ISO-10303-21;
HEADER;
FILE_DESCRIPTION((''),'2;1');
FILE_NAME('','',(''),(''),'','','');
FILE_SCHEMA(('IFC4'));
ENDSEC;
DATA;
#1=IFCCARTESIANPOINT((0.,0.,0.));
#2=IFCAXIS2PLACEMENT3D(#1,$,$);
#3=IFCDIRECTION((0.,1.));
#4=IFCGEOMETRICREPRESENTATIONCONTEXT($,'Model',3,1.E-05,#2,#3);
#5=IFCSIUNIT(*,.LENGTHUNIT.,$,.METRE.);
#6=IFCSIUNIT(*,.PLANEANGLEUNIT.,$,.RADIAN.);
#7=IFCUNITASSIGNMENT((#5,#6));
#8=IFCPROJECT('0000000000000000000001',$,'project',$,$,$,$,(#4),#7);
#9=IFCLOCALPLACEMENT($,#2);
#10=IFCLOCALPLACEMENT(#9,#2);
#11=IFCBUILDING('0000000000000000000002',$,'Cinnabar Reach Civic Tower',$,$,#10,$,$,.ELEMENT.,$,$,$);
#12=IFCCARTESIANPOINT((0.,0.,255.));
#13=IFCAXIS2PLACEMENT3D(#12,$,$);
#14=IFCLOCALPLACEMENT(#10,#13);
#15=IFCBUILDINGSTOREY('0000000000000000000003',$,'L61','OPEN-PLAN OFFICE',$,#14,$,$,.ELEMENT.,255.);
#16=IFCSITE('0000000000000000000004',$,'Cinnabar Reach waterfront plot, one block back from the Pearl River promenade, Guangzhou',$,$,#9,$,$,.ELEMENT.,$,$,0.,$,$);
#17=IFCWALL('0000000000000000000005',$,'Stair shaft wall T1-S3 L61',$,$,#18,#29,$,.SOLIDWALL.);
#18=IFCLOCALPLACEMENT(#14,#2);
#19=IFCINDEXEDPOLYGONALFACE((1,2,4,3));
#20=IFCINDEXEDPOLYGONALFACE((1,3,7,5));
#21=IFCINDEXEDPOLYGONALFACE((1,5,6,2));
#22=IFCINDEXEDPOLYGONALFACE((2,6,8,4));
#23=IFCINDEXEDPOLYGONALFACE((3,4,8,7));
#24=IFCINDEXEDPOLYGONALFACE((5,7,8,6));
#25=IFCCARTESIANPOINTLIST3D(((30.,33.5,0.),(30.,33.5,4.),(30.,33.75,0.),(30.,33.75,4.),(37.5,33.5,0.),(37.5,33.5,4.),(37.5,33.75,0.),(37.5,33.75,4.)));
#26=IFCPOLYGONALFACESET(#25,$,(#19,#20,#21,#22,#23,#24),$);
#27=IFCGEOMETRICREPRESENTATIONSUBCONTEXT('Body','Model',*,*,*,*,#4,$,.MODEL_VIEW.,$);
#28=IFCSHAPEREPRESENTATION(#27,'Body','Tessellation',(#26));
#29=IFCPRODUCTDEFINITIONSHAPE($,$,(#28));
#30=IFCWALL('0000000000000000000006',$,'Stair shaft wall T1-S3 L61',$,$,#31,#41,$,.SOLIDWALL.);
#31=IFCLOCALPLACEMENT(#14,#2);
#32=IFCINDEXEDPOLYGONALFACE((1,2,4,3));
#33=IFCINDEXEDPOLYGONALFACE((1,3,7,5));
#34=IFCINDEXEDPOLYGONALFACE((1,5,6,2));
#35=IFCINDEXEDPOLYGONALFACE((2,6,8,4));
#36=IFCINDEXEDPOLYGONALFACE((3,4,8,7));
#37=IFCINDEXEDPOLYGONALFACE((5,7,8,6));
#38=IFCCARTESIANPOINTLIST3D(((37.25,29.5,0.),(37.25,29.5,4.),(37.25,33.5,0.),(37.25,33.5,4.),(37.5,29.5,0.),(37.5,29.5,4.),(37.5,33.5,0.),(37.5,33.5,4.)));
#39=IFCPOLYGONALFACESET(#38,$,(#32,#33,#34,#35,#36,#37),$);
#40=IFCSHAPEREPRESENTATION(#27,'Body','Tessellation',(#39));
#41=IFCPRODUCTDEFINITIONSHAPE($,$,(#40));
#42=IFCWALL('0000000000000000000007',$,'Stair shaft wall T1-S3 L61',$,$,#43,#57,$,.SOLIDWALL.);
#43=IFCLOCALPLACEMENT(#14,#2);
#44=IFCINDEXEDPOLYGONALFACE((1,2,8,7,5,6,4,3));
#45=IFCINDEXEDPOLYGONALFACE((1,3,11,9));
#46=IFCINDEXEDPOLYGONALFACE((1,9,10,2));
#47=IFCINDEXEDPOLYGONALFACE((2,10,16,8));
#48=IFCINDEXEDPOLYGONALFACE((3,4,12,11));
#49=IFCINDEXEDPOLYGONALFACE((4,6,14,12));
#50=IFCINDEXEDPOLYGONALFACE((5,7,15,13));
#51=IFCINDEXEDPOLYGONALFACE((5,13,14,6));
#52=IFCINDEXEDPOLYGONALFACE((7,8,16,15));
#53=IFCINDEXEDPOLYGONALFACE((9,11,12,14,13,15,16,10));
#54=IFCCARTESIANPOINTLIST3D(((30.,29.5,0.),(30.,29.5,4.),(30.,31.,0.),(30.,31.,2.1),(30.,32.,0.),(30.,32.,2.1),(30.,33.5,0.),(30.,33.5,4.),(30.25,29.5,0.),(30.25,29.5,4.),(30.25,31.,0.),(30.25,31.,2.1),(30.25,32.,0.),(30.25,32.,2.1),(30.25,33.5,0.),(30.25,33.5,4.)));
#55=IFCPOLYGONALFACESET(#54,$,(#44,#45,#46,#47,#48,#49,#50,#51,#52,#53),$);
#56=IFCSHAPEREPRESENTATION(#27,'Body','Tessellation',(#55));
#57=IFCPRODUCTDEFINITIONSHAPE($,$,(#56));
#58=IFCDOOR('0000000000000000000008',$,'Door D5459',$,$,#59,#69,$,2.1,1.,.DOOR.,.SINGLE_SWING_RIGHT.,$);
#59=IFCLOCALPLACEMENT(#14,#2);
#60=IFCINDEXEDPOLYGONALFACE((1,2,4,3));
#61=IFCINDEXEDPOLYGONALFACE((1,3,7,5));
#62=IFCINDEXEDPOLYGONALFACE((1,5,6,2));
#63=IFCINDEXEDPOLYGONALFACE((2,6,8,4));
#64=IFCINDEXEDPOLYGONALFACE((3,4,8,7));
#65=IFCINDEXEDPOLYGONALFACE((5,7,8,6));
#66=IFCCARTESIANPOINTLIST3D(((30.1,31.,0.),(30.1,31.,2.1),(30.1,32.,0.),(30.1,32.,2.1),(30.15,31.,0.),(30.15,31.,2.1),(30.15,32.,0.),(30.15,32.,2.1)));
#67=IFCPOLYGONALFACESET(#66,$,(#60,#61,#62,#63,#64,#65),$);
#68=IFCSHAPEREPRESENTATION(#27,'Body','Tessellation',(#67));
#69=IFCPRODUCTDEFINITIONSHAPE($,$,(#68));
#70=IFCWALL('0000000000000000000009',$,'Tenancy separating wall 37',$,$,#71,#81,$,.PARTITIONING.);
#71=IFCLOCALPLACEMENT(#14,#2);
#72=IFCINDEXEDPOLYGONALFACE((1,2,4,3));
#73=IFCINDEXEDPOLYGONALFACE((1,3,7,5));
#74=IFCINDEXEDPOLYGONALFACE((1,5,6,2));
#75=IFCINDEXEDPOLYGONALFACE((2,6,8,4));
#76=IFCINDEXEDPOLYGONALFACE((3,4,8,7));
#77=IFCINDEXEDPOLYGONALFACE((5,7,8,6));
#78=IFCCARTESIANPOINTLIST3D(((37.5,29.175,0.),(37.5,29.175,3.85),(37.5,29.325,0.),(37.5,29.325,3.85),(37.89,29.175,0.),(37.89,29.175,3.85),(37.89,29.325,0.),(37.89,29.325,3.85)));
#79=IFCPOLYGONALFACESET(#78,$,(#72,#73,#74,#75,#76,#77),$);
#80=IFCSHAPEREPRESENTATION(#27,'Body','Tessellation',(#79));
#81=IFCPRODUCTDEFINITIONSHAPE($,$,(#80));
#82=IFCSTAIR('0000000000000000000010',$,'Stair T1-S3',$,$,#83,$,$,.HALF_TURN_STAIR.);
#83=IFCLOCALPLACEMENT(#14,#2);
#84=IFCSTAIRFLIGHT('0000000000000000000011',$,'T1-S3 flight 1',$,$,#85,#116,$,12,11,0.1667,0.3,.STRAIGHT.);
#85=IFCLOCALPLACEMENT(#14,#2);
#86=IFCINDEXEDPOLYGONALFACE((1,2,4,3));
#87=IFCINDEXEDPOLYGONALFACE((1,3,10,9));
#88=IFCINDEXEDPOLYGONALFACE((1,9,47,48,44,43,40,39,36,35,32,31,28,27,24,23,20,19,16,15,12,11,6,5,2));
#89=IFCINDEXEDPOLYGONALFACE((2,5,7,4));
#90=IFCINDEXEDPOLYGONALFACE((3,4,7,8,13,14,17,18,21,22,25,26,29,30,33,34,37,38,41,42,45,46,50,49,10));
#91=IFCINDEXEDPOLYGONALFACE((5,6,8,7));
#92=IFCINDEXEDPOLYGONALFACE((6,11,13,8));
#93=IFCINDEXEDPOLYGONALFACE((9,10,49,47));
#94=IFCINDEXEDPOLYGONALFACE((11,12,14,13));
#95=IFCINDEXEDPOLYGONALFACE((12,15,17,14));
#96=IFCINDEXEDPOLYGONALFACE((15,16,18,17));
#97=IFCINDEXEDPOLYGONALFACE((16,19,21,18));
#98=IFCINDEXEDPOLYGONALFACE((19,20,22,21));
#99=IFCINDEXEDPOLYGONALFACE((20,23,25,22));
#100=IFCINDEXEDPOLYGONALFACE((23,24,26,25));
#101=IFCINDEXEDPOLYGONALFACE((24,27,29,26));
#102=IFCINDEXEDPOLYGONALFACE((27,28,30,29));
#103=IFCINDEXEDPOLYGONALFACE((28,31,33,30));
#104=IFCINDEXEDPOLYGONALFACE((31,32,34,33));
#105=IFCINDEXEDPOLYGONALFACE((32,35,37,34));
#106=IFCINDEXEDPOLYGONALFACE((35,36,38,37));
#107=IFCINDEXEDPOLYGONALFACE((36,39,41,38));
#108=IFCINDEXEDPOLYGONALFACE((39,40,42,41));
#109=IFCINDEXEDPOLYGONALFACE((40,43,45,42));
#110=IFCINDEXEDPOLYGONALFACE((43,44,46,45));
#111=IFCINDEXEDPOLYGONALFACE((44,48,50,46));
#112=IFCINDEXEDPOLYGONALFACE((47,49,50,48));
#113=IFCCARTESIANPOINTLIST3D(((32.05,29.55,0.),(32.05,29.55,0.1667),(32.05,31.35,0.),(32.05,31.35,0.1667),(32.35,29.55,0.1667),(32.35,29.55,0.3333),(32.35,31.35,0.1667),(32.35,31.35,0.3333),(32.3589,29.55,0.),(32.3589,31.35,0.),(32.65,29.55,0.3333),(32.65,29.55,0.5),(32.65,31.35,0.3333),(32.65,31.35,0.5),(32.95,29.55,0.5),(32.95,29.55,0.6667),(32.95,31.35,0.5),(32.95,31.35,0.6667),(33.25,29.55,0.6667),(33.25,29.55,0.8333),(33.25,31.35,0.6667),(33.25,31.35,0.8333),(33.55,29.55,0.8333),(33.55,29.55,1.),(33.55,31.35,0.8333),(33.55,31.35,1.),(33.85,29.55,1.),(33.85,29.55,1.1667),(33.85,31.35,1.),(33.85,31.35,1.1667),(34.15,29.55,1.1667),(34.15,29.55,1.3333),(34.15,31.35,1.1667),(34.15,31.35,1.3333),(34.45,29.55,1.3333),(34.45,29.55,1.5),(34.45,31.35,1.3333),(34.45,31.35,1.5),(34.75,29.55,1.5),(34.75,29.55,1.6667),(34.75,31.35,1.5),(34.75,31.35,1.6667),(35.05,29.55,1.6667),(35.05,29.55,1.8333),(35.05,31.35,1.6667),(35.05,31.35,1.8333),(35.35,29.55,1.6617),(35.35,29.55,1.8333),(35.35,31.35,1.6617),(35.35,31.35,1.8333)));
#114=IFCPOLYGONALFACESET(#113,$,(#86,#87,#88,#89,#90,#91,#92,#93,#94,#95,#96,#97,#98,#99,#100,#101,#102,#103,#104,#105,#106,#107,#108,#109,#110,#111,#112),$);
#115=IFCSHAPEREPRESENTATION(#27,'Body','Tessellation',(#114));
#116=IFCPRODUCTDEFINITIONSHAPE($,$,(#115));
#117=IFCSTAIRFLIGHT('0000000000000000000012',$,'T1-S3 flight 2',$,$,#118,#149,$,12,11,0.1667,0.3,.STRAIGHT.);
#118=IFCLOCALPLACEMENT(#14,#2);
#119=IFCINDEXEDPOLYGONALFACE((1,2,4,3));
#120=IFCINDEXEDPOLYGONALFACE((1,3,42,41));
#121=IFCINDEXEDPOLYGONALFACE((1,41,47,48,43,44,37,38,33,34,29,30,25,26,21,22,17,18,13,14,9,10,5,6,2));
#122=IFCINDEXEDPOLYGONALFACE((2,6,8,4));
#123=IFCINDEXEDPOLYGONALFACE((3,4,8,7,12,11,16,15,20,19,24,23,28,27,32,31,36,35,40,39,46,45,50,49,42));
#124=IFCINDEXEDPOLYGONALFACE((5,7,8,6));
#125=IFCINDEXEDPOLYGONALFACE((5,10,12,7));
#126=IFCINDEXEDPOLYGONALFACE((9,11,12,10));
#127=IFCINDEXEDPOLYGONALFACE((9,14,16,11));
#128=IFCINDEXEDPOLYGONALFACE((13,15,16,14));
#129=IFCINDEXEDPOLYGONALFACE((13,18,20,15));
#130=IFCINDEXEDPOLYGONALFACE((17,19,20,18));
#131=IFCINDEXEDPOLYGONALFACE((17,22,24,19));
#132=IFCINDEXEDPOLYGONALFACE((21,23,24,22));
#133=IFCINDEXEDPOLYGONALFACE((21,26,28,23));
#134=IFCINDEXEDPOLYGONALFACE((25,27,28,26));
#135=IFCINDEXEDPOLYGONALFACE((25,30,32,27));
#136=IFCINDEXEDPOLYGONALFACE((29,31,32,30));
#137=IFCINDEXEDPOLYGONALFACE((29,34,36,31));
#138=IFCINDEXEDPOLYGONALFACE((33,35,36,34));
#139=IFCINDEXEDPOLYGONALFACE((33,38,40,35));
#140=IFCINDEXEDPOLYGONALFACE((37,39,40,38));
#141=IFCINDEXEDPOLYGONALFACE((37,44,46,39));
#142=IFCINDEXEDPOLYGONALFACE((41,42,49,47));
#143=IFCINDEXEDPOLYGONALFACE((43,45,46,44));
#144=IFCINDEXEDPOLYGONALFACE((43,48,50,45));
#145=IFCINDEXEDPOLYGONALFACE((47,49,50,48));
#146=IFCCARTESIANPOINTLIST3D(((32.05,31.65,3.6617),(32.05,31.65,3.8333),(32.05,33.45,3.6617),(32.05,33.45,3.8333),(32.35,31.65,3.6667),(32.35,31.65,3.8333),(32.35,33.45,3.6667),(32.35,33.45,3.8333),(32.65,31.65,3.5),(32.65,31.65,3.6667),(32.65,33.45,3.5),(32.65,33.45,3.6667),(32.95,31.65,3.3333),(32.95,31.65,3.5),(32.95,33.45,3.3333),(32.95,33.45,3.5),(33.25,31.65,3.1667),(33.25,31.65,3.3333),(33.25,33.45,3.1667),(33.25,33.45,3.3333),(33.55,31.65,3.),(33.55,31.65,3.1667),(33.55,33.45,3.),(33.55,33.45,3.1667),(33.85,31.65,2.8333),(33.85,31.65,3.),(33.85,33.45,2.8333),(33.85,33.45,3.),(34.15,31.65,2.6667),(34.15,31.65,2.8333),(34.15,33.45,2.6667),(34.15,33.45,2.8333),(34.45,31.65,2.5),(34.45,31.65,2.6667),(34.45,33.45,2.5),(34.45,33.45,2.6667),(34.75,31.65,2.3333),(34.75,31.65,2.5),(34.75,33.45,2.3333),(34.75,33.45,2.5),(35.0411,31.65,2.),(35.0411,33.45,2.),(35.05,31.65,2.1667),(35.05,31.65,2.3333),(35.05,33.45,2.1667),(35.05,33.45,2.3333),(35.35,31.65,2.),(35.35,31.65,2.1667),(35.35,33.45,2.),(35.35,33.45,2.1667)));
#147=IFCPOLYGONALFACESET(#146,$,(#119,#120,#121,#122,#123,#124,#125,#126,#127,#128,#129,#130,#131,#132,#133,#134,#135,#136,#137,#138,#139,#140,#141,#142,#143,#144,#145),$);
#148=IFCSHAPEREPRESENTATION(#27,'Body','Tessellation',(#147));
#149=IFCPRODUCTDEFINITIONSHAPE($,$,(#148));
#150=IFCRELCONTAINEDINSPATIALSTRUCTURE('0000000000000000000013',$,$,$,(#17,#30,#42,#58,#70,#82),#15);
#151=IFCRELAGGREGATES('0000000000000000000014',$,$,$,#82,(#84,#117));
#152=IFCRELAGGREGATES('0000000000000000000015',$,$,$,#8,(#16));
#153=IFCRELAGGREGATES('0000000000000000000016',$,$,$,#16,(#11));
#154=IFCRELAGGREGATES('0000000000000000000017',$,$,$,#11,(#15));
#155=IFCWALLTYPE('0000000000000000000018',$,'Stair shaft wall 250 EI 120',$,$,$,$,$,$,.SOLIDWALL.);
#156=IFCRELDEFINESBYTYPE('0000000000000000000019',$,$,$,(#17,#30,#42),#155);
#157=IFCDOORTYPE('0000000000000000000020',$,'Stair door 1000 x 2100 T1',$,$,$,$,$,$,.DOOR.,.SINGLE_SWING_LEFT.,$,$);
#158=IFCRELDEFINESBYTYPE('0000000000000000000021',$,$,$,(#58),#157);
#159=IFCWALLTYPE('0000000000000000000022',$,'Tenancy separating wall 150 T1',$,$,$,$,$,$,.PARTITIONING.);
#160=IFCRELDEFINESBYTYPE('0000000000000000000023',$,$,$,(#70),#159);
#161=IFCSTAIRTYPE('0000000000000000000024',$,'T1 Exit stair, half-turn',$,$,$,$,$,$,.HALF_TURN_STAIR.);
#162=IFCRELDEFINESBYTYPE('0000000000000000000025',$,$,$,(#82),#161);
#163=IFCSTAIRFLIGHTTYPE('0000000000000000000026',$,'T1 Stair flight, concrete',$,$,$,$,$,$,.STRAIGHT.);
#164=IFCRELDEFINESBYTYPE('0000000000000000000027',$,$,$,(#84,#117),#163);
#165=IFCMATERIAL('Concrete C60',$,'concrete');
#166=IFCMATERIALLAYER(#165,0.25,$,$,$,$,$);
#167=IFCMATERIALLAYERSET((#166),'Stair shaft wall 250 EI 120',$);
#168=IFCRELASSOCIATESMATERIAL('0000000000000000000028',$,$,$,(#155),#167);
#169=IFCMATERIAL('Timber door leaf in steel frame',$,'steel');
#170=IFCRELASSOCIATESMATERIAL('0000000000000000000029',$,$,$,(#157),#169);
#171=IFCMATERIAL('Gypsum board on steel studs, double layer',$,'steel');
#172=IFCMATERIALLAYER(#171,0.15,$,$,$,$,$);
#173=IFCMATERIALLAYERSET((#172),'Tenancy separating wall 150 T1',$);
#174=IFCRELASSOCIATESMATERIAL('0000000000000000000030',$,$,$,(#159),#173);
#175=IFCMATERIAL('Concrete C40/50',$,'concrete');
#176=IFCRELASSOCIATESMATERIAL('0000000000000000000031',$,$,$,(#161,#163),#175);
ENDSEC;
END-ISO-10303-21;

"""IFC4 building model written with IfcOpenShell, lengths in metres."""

from ifc_helpers import new_model, si_unit, direction, frame, frame_2d, origin, place, context, subcontext, project, spatial, polyline, rectangle, outline, extrude, material, layer, layer_set, type_object, element, fill, aggregate, save


model = new_model("IFC4")

# Units and contexts
model_context = context("Model", 3, precision=1e-05, world=origin(), true_north=direction((0.0, 1.0)))
body_context = subcontext(model_context, "Body", "Model", "MODEL_VIEW")
ifc_project = project(units=[si_unit("LENGTHUNIT", "METRE"), si_unit("PLANEANGLEUNIT", "RADIAN")], contexts=[model_context])

# Site, building, storey
site_placement = place(None, origin())
site = spatial("IfcSite", under=ifc_project, at=site_placement, Name="Cinnabar Reach waterfront plot, one block back from the Pearl River promenade, Guangzhou", CompositionType="ELEMENT", RefElevation=0.0)
building_placement = place(site_placement, origin())
building = spatial("IfcBuilding", under=site, at=building_placement, Name="Cinnabar Reach Civic Tower", CompositionType="ELEMENT")
storey_placement = place(building_placement, frame((0.0, 0.0, 255.0)))
storey = spatial("IfcBuildingStorey", under=building, at=storey_placement, Name="L61", Description="OPEN-PLAN OFFICE", CompositionType="ELEMENT", Elevation=255.0)

# Shared definitions
ifc_material_1 = material(Name="Concrete C60", Category="concrete")

# Walls
ifc_material_2 = material(Name="Gypsum board on steel studs, double layer", Category="steel")
ifc_layer_1 = layer(ifc_material_1, 0.25)
ifc_layer_set_1 = layer_set([ifc_layer_1], Name="Stair shaft wall 250 EI 120")
wall_type_1 = type_object("IfcWallType", Name="Stair shaft wall 250 EI 120", PredefinedType="SOLIDWALL", material=ifc_layer_set_1)
for number, where, z_axis, x_axis, name in (
    (1, (37.5, 33.625, 0.0), (0.0, 0.0, 1.0), (-1.0, 0.0, 0.0), "Stair shaft wall T1-S3 L61"),
):
    element("IfcWall", number, at=place(storey_placement, frame(where, z_axis=z_axis, x_axis=x_axis)), inside=storey, type_object=wall_type_1, Name=name, PredefinedType="SOLIDWALL", context=body_context, shape_type="SweptSolid", body=[
        extrude(rectangle(XDim=7.5, YDim=0.25, at=frame_2d((3.75, 0.0))), origin(), (0.0, 0.0, 1.0), 4.0),
    ])
wall_1_placement = place(storey_placement, frame((37.375, 29.5, 0.0), z_axis=(0.0, 0.0, 1.0), x_axis=(0.0, 1.0, 0.0)))
element("IfcWall", 2, at=wall_1_placement, inside=storey, type_object=wall_type_1, Name="Stair shaft wall T1-S3 L61", PredefinedType="SOLIDWALL", context=body_context, shape_type="SweptSolid", body=[
    extrude(rectangle(XDim=4.0, YDim=0.25, at=frame_2d((2.0, 0.0))), origin(), (0.0, 0.0, 1.0), 4.0),
])

# Wall, opening, door
wall_2_placement = place(storey_placement, frame((30.125, 33.5, 0.0), z_axis=(0.0, 0.0, 1.0), x_axis=(0.0, -1.0, 0.0)))
wall_2 = element("IfcWall", 3, at=wall_2_placement, inside=storey, type_object=wall_type_1, Name="Stair shaft wall T1-S3 L61", PredefinedType="SOLIDWALL", context=body_context, shape_type="SweptSolid", body=[
    extrude(rectangle(XDim=4.0, YDim=0.25, at=frame_2d((2.0, 0.0))), origin(), (0.0, 0.0, 1.0), 4.0),
])
opening_1_placement = place(wall_2_placement, frame((1.5, 0.0, 0.0)))
opening_1 = element("IfcOpeningElement", 4, at=opening_1_placement, cuts=wall_2, PredefinedType="OPENING", context=body_context, shape_type="SweptSolid", body=[
    extrude(rectangle(XDim=1.0, YDim=2.1, at=frame_2d((0.5, 1.05))), frame((0.0, 0.135, 0.0), z_axis=(0.0, -1.0, 0.0), x_axis=(1.0, 0.0, 0.0)), (0.0, 0.0, 1.0), 0.27),
])
ifc_material_3 = material(Name="Timber door leaf in steel frame", Category="steel")
door_type = type_object("IfcDoorType", Name="Stair door 1000 x 2100 T1", OperationType="SINGLE_SWING_LEFT", PredefinedType="DOOR", material=ifc_material_3)
door_placement = place(opening_1_placement, origin())
door = element("IfcDoor", 5, at=door_placement, inside=storey, type_object=door_type, Name="Door D5459", OperationType="SINGLE_SWING_RIGHT", OverallHeight=2.1, OverallWidth=1.0, PredefinedType="DOOR", context=body_context, shape_type="SweptSolid", body=[
    extrude(rectangle(XDim=1.0, YDim=2.1, at=frame_2d((0.5, 1.05))), frame((0.0, 0.025, 0.0), z_axis=(0.0, -1.0, 0.0), x_axis=(1.0, 0.0, 0.0)), (0.0, 0.0, 1.0), 0.05),
])
fill(opening_1, door)

# Wall
ifc_layer_2 = layer(ifc_material_2, 0.15)
ifc_layer_set_2 = layer_set([ifc_layer_2], Name="Tenancy separating wall 150 T1")
wall_type_2 = type_object("IfcWallType", Name="Tenancy separating wall 150 T1", PredefinedType="PARTITIONING", material=ifc_layer_set_2)
wall_3_placement = place(storey_placement, frame((37.5, 29.25, 0.0), z_axis=(0.0, 0.0, 1.0), x_axis=(1.0, 0.0, 0.0)))
element("IfcWall", 6, at=wall_3_placement, inside=storey, type_object=wall_type_2, Name="Tenancy separating wall 37", PredefinedType="PARTITIONING", context=body_context, shape_type="SweptSolid", body=[
    extrude(rectangle(XDim=0.39, YDim=0.15, at=frame_2d((0.195, 0.0))), origin(), (0.0, 0.0, 1.0), 3.85),
])

# Stair, stair flights
ifc_material_4 = material(Name="Concrete C40/50", Category="concrete")
stair_type = type_object("IfcStairType", Name="T1 Exit stair, half-turn", PredefinedType="HALF_TURN_STAIR", material=ifc_material_4)
stair_placement = place(storey_placement, origin())
stair = element("IfcStair", 7, at=stair_placement, inside=storey, type_object=stair_type, Name="Stair T1-S3", PredefinedType="HALF_TURN_STAIR")
stair_flight_type = type_object("IfcStairFlightType", Name="T1 Stair flight, concrete", PredefinedType="STRAIGHT", material=ifc_material_4)
stair_flight_1_placement = place(storey_placement, frame((32.05, 30.45, 0.0), z_axis=(0.0, 0.0, 1.0), x_axis=(1.0, 0.0, 0.0)))
stair_flight_1 = element("IfcStairFlight", 8, at=stair_flight_1_placement, type_object=stair_flight_type, Name="T1-S3 flight 1", NumberOfRisers=12, NumberOfTreads=11, PredefinedType="STRAIGHT", RiserHeight=0.1667, TreadLength=0.3, context=body_context, shape_type="SweptSolid", body=[
    extrude(outline(polyline([(0.0, 0.0), (0.0, 0.1667), (0.3, 0.1667), (0.3, 0.3333), (0.6, 0.3333), (0.6, 0.5), (0.9, 0.5), (0.9, 0.6667), (1.2, 0.6667), (1.2, 0.8333), (1.5, 0.8333), (1.5, 1.0), (1.8, 1.0), (1.8, 1.1667), (2.1, 1.1667), (2.1, 1.3333), (2.4, 1.3333), (2.4, 1.5), (2.7, 1.5), (2.7, 1.6667), (3.0, 1.6667), (3.0, 1.8333), (3.3, 1.8333), (3.3, 2.0), (3.3, 1.6617), (0.3089, 0.0), (0.0, 0.0)])), frame((0.0, 0.9, 0.0), z_axis=(0.0, -1.0, 0.0), x_axis=(1.0, 0.0, 0.0)), (0.0, 0.0, 1.0), 1.8),
])
stair_flight_2_placement = place(storey_placement, frame((35.35, 32.55, 2.0), z_axis=(0.0, 0.0, 1.0), x_axis=(-1.0, 0.0, 0.0)))
stair_flight_2 = element("IfcStairFlight", 9, at=stair_flight_2_placement, type_object=stair_flight_type, Name="T1-S3 flight 2", NumberOfRisers=12, NumberOfTreads=11, PredefinedType="STRAIGHT", RiserHeight=0.1667, TreadLength=0.3, context=body_context, shape_type="SweptSolid", body=[
    extrude(outline(polyline([(0.0, 0.0), (0.0, 0.1667), (0.3, 0.1667), (0.3, 0.3333), (0.6, 0.3333), (0.6, 0.5), (0.9, 0.5), (0.9, 0.6667), (1.2, 0.6667), (1.2, 0.8333), (1.5, 0.8333), (1.5, 1.0), (1.8, 1.0), (1.8, 1.1667), (2.1, 1.1667), (2.1, 1.3333), (2.4, 1.3333), (2.4, 1.5), (2.7, 1.5), (2.7, 1.6667), (3.0, 1.6667), (3.0, 1.8333), (3.3, 1.8333), (3.3, 2.0), (3.3, 1.6617), (0.3089, 0.0), (0.0, 0.0)])), frame((0.0, 0.9, 0.0), z_axis=(0.0, -1.0, 0.0), x_axis=(1.0, 0.0, 0.0)), (0.0, 0.0, 1.0), 1.8),
])
aggregate(stair, [stair_flight_1, stair_flight_2])

save(model, "model.ifc")
